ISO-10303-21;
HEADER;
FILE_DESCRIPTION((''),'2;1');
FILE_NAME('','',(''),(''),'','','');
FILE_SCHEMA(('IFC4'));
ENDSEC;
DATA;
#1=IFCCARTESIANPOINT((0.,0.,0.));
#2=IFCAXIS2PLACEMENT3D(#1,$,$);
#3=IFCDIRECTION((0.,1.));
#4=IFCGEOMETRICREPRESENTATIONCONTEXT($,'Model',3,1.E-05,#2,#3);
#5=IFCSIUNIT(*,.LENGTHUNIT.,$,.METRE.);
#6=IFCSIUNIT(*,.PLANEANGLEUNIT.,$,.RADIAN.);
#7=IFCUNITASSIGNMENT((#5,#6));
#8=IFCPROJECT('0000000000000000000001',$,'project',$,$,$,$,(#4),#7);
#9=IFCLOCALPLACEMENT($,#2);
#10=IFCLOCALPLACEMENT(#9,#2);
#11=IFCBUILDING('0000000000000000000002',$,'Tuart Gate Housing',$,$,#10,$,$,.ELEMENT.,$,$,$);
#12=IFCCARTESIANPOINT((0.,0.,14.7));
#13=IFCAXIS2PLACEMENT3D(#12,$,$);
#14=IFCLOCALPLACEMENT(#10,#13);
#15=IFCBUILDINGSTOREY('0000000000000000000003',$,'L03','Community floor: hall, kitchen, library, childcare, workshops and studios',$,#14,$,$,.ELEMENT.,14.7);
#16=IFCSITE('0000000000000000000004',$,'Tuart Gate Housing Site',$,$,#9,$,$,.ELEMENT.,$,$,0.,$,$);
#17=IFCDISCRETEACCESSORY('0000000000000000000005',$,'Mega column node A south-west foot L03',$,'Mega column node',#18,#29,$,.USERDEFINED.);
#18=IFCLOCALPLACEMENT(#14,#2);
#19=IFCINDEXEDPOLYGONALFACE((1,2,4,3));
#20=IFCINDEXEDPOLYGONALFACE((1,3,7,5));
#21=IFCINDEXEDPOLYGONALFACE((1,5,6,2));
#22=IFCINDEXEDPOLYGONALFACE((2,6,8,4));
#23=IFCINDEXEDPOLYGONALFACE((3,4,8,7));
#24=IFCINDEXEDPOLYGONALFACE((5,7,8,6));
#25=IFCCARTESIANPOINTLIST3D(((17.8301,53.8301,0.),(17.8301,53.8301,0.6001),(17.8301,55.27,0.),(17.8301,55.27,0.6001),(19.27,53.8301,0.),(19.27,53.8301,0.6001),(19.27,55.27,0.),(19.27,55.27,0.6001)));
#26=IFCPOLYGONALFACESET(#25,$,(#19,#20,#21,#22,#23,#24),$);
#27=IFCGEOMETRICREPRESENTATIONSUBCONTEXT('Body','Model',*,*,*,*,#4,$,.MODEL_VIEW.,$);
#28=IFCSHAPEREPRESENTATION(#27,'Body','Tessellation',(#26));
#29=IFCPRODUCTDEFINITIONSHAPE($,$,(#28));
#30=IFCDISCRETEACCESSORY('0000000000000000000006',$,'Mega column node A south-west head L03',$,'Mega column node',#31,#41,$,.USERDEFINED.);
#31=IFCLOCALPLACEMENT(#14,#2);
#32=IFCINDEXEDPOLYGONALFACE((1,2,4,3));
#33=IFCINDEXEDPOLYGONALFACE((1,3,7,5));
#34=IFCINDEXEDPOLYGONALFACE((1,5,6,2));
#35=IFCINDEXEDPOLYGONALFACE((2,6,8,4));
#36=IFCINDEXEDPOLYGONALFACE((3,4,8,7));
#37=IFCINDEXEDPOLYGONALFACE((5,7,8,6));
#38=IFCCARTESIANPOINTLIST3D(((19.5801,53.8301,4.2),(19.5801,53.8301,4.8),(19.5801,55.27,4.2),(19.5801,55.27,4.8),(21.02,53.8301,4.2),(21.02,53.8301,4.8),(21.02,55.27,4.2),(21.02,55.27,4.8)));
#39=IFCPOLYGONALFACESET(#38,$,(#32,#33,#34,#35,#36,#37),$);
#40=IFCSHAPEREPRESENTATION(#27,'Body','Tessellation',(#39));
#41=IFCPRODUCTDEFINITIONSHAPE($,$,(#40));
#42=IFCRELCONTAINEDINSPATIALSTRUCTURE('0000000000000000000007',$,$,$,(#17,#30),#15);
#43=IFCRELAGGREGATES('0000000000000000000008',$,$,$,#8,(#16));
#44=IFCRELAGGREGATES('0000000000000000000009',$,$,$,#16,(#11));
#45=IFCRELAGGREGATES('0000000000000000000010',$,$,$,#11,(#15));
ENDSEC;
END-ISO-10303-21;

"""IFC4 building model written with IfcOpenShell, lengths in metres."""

from ifc_helpers import new_model, si_unit, direction, frame, origin, origin_2d, place, context, subcontext, project, spatial, rectangle, extrude, element, save


model = new_model("IFC4")

# Units and contexts
model_context = context("Model", 3, precision=1e-05, world=origin(), true_north=direction((0.0, 1.0)))
body_context = subcontext(model_context, "Body", "Model", "MODEL_VIEW")
ifc_project = project(units=[si_unit("LENGTHUNIT", "METRE"), si_unit("PLANEANGLEUNIT", "RADIAN")], contexts=[model_context])

# Site, building, storey
site_placement = place(None, origin())
site = spatial("IfcSite", under=ifc_project, at=site_placement, Name="Tuart Gate Housing Site", CompositionType="ELEMENT", RefElevation=0.0)
building_placement = place(site_placement, origin())
building = spatial("IfcBuilding", under=site, at=building_placement, Name="Tuart Gate Housing", CompositionType="ELEMENT")
storey_placement = place(building_placement, frame((0.0, 0.0, 14.7)))
storey = spatial("IfcBuildingStorey", under=building, at=storey_placement, Name="L03", Description="Community floor: hall, kitchen, library, childcare, workshops and studios", CompositionType="ELEMENT", Elevation=14.7)

# Discrete accessories
for number, where, z_axis, x_axis, name in (
    (1, (18.55, 54.55, 0.0), (0.0, 0.0, 1.0), (1.0, 0.0, 0.0), "Mega column node A south-west foot L03"),
    (2, (20.3, 54.55, 4.2), (0.0, 0.0, 1.0), (1.0, 0.0, 0.0), "Mega column node A south-west head L03"),
):
    element("IfcDiscreteAccessory", number, at=place(storey_placement, frame(where, z_axis=z_axis, x_axis=x_axis)), inside=storey, Name=name, ObjectType="Mega column node", PredefinedType="USERDEFINED", context=body_context, shape_type="SweptSolid", body=[
        extrude(rectangle(XDim=1.4399, YDim=1.4399, at=origin_2d()), origin(), (0.0, 0.0, 1.0), 0.6001),
    ])

save(model, "model.ifc")
